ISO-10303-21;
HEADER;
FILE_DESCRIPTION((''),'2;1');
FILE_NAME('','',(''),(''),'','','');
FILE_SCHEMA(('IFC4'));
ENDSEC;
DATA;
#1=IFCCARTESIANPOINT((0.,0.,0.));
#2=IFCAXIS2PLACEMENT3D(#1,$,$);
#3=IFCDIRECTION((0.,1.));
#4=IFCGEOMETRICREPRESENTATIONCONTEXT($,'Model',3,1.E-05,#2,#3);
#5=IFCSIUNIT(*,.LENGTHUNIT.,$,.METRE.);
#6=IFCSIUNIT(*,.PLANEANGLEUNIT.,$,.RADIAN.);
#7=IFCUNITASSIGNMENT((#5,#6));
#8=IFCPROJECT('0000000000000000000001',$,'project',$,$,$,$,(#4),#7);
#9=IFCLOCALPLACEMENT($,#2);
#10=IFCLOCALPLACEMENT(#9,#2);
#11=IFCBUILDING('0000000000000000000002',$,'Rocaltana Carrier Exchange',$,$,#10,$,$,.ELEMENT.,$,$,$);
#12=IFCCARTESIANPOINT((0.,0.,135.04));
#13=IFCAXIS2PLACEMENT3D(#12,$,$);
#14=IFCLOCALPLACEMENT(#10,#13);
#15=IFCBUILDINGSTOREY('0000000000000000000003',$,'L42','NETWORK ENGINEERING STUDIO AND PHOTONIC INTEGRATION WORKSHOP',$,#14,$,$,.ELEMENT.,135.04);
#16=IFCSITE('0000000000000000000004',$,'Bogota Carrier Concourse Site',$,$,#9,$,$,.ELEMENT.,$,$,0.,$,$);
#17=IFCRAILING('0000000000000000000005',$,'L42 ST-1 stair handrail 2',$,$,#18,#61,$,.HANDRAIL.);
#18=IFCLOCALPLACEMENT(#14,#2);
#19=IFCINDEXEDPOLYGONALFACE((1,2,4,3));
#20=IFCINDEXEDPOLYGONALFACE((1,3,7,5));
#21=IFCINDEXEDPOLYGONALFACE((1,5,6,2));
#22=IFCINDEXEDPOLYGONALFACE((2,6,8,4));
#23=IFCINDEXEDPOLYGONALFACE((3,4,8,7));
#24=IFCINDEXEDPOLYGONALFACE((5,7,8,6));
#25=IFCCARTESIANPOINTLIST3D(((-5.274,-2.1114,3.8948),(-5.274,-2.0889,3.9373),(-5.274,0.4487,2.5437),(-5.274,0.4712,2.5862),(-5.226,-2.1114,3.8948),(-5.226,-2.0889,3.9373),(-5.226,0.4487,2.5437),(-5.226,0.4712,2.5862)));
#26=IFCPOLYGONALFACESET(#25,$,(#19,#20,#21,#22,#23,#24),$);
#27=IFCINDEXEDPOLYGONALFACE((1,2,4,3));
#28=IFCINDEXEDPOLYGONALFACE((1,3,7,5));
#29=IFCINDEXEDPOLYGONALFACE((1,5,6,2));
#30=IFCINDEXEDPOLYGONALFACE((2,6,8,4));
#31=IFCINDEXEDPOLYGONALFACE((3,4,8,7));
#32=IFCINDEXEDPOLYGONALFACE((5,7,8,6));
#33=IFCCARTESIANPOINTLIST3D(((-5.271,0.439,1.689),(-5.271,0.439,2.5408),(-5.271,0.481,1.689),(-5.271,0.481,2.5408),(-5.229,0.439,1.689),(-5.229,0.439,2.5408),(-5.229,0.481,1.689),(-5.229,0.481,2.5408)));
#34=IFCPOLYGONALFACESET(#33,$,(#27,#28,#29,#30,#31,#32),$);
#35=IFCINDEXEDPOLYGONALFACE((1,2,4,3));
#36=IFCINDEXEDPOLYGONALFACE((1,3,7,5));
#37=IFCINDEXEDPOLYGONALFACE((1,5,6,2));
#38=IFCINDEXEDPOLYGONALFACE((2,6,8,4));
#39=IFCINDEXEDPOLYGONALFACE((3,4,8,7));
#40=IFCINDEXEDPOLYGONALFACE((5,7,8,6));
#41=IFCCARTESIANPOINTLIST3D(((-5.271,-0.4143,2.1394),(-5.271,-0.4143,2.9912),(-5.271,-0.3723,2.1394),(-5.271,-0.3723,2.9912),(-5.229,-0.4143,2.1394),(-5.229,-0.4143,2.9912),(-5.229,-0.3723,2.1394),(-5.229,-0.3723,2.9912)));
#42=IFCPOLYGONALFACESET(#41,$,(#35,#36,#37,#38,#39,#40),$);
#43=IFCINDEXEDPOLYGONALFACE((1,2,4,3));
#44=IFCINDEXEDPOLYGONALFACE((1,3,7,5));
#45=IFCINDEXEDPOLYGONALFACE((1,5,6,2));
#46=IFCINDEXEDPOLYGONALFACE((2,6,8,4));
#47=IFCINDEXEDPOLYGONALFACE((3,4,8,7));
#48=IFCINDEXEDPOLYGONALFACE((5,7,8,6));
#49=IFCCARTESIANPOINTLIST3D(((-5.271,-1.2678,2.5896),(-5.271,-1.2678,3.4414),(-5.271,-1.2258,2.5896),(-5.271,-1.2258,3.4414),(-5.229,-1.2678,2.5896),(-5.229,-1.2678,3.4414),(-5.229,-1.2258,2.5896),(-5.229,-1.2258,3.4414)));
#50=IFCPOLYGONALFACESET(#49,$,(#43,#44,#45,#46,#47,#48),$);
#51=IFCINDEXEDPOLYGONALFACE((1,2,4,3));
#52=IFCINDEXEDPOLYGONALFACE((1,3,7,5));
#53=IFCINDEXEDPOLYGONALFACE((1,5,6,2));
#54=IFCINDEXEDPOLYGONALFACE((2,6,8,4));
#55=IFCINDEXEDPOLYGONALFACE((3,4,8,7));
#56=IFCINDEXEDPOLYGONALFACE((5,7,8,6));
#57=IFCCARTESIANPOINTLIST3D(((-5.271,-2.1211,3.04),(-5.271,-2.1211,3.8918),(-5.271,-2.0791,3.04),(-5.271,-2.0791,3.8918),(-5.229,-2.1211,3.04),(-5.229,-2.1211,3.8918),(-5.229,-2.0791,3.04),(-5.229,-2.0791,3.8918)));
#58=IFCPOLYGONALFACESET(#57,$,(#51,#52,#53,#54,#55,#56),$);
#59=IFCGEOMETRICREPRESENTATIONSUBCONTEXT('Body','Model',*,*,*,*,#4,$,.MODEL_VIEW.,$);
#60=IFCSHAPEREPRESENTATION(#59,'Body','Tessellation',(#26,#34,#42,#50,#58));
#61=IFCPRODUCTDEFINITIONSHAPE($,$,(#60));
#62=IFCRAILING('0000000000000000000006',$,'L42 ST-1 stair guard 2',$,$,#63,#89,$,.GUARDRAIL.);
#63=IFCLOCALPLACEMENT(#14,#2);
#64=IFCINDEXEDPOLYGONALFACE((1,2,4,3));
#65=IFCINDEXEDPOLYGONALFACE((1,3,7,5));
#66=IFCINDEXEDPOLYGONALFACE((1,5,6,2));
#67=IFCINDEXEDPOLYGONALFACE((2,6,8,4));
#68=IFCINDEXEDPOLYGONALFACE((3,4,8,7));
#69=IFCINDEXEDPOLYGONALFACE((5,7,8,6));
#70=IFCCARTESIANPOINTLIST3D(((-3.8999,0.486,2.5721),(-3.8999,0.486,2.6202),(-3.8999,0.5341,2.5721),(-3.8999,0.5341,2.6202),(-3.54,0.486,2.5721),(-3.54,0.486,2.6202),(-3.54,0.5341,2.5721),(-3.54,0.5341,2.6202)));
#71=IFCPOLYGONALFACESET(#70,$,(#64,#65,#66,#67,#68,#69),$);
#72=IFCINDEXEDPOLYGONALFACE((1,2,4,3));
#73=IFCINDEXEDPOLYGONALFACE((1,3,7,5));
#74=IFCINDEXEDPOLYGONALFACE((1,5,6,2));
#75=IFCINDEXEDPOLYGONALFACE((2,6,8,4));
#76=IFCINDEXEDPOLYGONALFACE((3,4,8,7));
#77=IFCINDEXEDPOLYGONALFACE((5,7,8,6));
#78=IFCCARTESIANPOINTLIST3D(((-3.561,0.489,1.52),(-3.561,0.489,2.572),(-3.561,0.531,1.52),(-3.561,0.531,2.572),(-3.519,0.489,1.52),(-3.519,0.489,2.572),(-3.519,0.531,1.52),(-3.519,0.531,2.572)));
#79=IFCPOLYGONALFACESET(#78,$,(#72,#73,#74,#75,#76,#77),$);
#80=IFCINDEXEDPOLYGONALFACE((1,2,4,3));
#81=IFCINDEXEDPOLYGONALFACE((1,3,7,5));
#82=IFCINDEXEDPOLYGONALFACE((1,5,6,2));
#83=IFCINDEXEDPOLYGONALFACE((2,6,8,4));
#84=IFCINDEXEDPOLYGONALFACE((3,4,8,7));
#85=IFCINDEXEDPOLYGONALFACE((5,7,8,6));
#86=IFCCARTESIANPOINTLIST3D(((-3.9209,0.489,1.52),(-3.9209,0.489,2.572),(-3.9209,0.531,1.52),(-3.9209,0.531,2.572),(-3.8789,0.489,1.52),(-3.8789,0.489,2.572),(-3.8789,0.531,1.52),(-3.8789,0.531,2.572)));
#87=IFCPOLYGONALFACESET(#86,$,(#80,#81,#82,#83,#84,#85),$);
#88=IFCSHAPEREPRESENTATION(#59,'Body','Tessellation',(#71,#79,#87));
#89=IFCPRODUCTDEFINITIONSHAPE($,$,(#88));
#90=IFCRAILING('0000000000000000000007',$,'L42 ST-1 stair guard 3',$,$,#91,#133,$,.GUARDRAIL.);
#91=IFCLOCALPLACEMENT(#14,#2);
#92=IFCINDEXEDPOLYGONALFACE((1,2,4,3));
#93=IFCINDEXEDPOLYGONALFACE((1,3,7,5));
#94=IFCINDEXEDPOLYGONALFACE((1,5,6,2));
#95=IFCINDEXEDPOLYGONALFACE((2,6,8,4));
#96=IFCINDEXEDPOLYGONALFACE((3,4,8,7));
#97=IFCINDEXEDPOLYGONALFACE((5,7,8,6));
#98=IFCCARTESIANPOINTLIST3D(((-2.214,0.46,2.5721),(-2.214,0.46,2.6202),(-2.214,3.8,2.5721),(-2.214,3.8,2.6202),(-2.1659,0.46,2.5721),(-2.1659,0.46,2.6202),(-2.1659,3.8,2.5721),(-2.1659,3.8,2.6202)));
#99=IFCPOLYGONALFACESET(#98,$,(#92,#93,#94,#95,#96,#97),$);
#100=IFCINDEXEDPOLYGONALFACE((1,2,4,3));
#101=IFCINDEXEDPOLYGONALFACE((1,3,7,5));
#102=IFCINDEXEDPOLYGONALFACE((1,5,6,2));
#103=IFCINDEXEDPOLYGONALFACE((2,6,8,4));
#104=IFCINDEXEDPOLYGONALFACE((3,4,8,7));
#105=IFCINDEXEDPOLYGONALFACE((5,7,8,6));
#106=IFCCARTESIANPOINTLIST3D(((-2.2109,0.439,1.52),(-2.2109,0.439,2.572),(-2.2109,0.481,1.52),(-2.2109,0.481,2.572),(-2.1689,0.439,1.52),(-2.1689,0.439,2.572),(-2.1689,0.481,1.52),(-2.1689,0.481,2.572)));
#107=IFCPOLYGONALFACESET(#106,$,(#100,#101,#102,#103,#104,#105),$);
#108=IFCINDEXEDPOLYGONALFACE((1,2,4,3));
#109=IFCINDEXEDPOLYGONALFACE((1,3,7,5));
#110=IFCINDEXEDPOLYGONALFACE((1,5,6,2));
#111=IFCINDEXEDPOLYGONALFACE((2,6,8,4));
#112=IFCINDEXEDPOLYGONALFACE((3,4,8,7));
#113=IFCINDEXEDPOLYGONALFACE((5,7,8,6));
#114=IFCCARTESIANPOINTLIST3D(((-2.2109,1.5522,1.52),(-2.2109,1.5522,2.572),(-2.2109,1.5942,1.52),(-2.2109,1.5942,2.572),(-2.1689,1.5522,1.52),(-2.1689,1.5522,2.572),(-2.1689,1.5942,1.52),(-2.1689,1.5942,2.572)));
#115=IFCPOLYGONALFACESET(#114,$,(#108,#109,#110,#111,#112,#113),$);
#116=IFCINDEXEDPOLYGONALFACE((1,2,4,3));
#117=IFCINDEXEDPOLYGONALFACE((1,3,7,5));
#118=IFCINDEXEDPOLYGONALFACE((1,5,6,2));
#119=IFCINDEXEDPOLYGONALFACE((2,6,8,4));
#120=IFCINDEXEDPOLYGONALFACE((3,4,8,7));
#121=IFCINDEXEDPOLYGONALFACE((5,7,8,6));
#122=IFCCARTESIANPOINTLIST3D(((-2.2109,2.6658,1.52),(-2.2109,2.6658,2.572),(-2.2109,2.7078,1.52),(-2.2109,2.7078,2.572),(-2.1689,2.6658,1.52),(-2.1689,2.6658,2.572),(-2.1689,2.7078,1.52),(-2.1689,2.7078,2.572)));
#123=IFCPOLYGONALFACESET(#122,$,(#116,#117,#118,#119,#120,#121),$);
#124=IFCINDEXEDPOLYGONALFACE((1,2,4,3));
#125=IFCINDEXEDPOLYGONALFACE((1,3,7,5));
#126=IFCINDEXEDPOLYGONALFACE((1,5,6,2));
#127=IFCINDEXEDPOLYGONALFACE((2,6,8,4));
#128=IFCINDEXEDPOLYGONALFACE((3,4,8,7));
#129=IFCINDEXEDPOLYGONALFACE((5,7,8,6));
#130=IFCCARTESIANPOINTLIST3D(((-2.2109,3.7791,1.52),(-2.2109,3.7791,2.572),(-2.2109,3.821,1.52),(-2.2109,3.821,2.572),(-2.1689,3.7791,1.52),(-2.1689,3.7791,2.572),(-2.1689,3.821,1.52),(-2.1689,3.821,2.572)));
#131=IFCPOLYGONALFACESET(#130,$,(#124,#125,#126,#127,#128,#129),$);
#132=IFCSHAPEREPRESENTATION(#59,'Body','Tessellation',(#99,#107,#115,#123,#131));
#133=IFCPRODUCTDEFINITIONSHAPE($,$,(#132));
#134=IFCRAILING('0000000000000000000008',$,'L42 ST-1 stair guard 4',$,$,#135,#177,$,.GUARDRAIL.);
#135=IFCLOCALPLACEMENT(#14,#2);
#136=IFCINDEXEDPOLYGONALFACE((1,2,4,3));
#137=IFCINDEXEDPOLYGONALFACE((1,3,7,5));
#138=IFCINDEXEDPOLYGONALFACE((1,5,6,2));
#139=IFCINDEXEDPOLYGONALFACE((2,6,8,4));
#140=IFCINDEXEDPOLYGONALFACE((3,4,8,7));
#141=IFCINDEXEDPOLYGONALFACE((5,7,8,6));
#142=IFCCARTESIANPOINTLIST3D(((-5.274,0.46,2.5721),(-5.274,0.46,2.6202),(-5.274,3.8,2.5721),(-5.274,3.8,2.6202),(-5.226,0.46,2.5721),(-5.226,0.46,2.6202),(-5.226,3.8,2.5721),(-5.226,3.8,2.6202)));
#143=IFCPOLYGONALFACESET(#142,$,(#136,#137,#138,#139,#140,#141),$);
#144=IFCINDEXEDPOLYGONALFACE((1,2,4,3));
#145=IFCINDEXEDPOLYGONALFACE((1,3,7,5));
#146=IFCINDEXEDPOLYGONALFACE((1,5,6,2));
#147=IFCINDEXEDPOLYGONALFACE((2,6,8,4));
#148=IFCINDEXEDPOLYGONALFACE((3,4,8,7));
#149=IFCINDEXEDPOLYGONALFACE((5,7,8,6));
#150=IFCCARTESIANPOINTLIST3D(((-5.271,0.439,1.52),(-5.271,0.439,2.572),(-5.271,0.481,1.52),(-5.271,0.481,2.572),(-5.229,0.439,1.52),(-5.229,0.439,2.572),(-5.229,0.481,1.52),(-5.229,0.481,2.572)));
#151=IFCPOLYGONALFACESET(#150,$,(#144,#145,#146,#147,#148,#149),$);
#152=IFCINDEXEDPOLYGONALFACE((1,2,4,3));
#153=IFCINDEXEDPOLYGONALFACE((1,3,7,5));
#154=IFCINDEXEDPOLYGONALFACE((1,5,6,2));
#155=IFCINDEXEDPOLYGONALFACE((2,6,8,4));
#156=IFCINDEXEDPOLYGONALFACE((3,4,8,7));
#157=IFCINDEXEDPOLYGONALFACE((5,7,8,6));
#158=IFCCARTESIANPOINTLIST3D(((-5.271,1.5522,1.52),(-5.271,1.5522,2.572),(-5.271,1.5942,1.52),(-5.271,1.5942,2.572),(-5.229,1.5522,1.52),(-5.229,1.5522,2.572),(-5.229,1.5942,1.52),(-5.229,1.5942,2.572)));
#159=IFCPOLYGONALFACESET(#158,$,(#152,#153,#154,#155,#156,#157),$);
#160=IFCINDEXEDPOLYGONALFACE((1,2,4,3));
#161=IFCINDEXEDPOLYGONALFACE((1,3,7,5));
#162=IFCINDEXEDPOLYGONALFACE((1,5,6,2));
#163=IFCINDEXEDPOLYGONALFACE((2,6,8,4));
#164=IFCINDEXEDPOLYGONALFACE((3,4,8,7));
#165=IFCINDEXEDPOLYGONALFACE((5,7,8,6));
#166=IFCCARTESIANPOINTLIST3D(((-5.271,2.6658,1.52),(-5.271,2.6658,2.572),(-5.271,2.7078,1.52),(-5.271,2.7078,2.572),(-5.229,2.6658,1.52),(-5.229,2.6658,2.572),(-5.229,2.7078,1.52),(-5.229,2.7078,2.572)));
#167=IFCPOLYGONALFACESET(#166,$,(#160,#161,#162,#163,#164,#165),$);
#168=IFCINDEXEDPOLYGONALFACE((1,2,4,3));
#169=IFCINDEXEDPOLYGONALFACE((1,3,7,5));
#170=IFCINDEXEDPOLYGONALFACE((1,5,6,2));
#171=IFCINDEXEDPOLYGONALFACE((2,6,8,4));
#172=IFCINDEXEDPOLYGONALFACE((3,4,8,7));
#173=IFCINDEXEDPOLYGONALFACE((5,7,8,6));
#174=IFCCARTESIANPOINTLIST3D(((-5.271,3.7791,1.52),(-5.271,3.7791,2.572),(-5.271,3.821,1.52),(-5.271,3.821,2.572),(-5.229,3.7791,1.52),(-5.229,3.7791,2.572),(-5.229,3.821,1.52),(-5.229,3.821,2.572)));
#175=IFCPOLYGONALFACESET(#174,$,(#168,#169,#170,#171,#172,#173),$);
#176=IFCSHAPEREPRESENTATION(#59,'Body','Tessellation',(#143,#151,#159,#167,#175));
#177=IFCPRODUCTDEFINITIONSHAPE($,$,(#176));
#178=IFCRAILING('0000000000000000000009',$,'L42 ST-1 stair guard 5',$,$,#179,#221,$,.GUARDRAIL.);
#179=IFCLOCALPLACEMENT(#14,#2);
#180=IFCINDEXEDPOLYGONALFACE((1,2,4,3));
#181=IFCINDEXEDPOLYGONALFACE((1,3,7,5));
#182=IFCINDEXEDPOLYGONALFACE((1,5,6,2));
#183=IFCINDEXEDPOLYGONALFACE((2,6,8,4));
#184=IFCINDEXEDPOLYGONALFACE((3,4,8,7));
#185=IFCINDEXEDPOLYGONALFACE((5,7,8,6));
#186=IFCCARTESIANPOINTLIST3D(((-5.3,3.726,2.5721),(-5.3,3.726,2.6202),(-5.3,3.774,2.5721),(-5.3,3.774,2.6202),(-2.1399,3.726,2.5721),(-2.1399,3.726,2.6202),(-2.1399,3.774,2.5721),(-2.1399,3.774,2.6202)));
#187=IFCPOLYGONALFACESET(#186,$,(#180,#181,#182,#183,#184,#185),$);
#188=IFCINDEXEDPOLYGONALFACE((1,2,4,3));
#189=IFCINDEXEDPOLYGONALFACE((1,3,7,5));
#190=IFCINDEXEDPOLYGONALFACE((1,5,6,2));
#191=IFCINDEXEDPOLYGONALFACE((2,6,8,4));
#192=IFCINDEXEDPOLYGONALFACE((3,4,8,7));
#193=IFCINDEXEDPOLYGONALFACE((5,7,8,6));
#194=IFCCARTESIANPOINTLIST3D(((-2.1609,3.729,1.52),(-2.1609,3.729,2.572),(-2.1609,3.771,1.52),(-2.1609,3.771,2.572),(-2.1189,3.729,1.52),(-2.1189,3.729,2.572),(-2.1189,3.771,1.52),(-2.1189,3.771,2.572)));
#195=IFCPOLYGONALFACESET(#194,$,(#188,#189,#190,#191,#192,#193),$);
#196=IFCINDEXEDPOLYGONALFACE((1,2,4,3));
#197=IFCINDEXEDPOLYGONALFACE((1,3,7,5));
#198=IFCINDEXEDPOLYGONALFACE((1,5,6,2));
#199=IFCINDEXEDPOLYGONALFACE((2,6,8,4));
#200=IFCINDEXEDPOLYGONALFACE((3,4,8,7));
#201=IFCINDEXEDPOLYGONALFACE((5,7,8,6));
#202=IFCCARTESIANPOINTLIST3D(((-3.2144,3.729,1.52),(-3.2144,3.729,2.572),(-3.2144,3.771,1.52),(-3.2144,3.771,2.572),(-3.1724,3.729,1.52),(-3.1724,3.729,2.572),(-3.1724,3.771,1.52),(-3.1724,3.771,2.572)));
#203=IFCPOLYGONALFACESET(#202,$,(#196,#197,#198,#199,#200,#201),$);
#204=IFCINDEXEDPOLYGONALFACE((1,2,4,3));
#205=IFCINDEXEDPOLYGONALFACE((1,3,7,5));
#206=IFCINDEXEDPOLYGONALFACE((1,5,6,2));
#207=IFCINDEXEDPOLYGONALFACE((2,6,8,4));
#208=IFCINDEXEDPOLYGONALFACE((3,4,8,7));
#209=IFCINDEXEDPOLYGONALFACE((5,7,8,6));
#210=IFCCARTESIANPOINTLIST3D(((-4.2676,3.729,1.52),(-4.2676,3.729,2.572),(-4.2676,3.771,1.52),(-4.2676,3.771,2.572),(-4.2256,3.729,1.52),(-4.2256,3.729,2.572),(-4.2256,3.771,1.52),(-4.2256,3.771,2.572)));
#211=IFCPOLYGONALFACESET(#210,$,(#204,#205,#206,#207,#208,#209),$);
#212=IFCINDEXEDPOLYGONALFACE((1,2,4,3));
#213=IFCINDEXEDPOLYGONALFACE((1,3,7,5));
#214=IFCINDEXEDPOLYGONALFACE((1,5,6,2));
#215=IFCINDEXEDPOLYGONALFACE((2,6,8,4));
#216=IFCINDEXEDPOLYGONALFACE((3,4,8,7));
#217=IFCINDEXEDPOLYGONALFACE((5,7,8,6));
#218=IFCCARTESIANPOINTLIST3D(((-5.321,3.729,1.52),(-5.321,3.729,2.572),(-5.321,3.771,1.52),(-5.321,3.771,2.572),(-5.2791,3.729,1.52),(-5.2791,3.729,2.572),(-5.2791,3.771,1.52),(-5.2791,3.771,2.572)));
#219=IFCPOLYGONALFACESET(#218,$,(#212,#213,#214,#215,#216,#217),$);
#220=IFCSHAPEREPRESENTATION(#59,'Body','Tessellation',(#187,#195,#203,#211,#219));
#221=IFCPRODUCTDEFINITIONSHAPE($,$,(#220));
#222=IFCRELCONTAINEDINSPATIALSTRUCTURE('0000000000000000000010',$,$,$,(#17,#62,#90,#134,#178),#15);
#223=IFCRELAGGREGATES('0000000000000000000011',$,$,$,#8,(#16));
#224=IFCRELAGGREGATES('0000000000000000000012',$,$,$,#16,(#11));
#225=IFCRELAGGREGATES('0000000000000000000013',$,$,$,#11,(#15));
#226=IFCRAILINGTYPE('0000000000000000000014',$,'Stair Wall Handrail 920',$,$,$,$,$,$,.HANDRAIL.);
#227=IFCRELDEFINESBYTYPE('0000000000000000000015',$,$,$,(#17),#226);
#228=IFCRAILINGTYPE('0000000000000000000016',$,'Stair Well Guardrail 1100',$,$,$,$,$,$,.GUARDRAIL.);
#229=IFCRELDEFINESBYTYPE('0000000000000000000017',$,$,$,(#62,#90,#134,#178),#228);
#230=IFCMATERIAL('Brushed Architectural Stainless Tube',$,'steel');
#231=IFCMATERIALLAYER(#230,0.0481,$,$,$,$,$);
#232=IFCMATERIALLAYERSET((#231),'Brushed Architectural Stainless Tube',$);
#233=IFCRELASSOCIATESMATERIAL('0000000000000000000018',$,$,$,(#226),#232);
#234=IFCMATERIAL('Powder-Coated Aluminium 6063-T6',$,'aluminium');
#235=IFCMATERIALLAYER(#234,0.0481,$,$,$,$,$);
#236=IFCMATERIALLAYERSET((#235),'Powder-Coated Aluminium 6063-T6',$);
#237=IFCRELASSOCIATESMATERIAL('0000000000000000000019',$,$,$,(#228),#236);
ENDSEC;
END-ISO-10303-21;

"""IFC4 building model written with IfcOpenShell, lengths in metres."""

from ifc_helpers import new_model, si_unit, direction, frame, origin, origin_2d, place, context, subcontext, project, spatial, rectangle, extrude, material, layer, layer_set, type_object, element, save


model = new_model("IFC4")

# Units and contexts
model_context = context("Model", 3, precision=1e-05, world=origin(), true_north=direction((0.0, 1.0)))
body_context = subcontext(model_context, "Body", "Model", "MODEL_VIEW")
ifc_project = project(units=[si_unit("LENGTHUNIT", "METRE"), si_unit("PLANEANGLEUNIT", "RADIAN")], contexts=[model_context])

# Site, building, storey
site_placement = place(None, origin())
site = spatial("IfcSite", under=ifc_project, at=site_placement, Name="Bogota Carrier Concourse Site", CompositionType="ELEMENT", RefElevation=0.0)
building_placement = place(site_placement, origin())
building = spatial("IfcBuilding", under=site, at=building_placement, Name="Rocaltana Carrier Exchange", CompositionType="ELEMENT")
storey_placement = place(building_placement, frame((0.0, 0.0, 135.04)))
storey = spatial("IfcBuildingStorey", under=building, at=storey_placement, Name="L42", Description="NETWORK ENGINEERING STUDIO AND PHOTONIC INTEGRATION WORKSHOP", CompositionType="ELEMENT", Elevation=135.04)

# Railings
ifc_material_1 = material(Name="Brushed Architectural Stainless Tube", Category="steel")
ifc_layer_1 = layer(ifc_material_1, 0.0481)
ifc_layer_set_1 = layer_set([ifc_layer_1], Name="Brushed Architectural Stainless Tube")
railing_type_1 = type_object("IfcRailingType", Name="Stair Wall Handrail 920", PredefinedType="HANDRAIL", material=ifc_layer_set_1)
railing_1_placement = place(storey_placement, frame((-5.25, 0.46, 1.689)))
element("IfcRailing", 1, at=railing_1_placement, inside=storey, type_object=railing_type_1, Name="L42 ST-1 stair handrail 2", PredefinedType="HANDRAIL", context=body_context, shape_type="SweptSolid", body=[
    extrude(rectangle(XDim=0.0481, YDim=0.0481, at=origin_2d()), frame((0.0, 0.0, 0.876), z_axis=(0.0, -0.884394, 0.46674), x_axis=(1.0, 0.0, 0.0)), (0.0, 0.0, 1.0), 2.8948),
    extrude(rectangle(XDim=0.042, YDim=0.042, at=origin_2d()), origin(), (0.0, 0.0, 1.0), 0.8518),
    extrude(rectangle(XDim=0.042, YDim=0.042, at=origin_2d()), frame((0.0, -0.8533, 0.4504)), (0.0, 0.0, 1.0), 0.8518),
    extrude(rectangle(XDim=0.042, YDim=0.042, at=origin_2d()), frame((0.0, -1.7068, 0.9006)), (0.0, 0.0, 1.0), 0.8518),
    extrude(rectangle(XDim=0.042, YDim=0.042, at=origin_2d()), frame((0.0, -2.5601, 1.3511)), (0.0, 0.0, 1.0), 0.8518),
])
ifc_material_2 = material(Name="Powder-Coated Aluminium 6063-T6", Category="aluminium")
ifc_layer_2 = layer(ifc_material_2, 0.0481)
ifc_layer_set_2 = layer_set([ifc_layer_2], Name="Powder-Coated Aluminium 6063-T6")
railing_type_2 = type_object("IfcRailingType", Name="Stair Well Guardrail 1100", PredefinedType="GUARDRAIL", material=ifc_layer_set_2)
railing_2_placement = place(storey_placement, frame((-3.54, 0.51, 1.52)))
element("IfcRailing", 2, at=railing_2_placement, inside=storey, type_object=railing_type_2, Name="L42 ST-1 stair guard 2", PredefinedType="GUARDRAIL", context=body_context, shape_type="SweptSolid", body=[
    extrude(rectangle(XDim=0.0481, YDim=0.0481, at=origin_2d()), frame((0.0, 0.0, 1.0762), z_axis=(-1.0, 0.0, 0.0), x_axis=(0.0, -1.0, 0.0)), (0.0, 0.0, 1.0), 0.3599),
    extrude(rectangle(XDim=0.042, YDim=0.042, at=origin_2d()), origin(), (0.0, 0.0, 1.0), 1.052),
    extrude(rectangle(XDim=0.042, YDim=0.042, at=origin_2d()), frame((-0.3599, 0.0, 0.0)), (0.0, 0.0, 1.0), 1.052),
])
for number, where, name in (
    (3, (-2.1899, 0.46, 1.52), "L42 ST-1 stair guard 3"),
    (4, (-5.25, 0.46, 1.52), "L42 ST-1 stair guard 4"),
):
    element("IfcRailing", number, at=place(storey_placement, frame(where)), inside=storey, type_object=railing_type_2, Name=name, PredefinedType="GUARDRAIL", context=body_context, shape_type="SweptSolid", body=[
        extrude(rectangle(XDim=0.0481, YDim=0.0481, at=origin_2d()), frame((0.0, 0.0, 1.0762), z_axis=(0.0, 1.0, 0.0), x_axis=(-1.0, 0.0, 0.0)), (0.0, 0.0, 1.0), 3.3401),
        extrude(rectangle(XDim=0.042, YDim=0.042, at=origin_2d()), origin(), (0.0, 0.0, 1.0), 1.052),
        extrude(rectangle(XDim=0.042, YDim=0.042, at=origin_2d()), frame((0.0, 1.1133, 0.0)), (0.0, 0.0, 1.0), 1.052),
        extrude(rectangle(XDim=0.042, YDim=0.042, at=origin_2d()), frame((0.0, 2.2268, 0.0)), (0.0, 0.0, 1.0), 1.052),
        extrude(rectangle(XDim=0.042, YDim=0.042, at=origin_2d()), frame((0.0, 3.3401, 0.0)), (0.0, 0.0, 1.0), 1.052),
    ])
railing_3_placement = place(storey_placement, frame((-2.1399, 3.75, 1.52)))
element("IfcRailing", 5, at=railing_3_placement, inside=storey, type_object=railing_type_2, Name="L42 ST-1 stair guard 5", PredefinedType="GUARDRAIL", context=body_context, shape_type="SweptSolid", body=[
    extrude(rectangle(XDim=0.0481, YDim=0.0481, at=origin_2d()), frame((0.0, 0.0, 1.0762), z_axis=(-1.0, 0.0, 0.0), x_axis=(0.0, -1.0, 0.0)), (0.0, 0.0, 1.0), 3.1602),
    extrude(rectangle(XDim=0.042, YDim=0.042, at=origin_2d()), origin(), (0.0, 0.0, 1.0), 1.052),
    extrude(rectangle(XDim=0.042, YDim=0.042, at=origin_2d()), frame((-1.0535, 0.0, 0.0)), (0.0, 0.0, 1.0), 1.052),
    extrude(rectangle(XDim=0.042, YDim=0.042, at=origin_2d()), frame((-2.1067, 0.0, 0.0)), (0.0, 0.0, 1.0), 1.052),
    extrude(rectangle(XDim=0.042, YDim=0.042, at=origin_2d()), frame((-3.1602, 0.0, 0.0)), (0.0, 0.0, 1.0), 1.052),
])

save(model, "model.ifc")
